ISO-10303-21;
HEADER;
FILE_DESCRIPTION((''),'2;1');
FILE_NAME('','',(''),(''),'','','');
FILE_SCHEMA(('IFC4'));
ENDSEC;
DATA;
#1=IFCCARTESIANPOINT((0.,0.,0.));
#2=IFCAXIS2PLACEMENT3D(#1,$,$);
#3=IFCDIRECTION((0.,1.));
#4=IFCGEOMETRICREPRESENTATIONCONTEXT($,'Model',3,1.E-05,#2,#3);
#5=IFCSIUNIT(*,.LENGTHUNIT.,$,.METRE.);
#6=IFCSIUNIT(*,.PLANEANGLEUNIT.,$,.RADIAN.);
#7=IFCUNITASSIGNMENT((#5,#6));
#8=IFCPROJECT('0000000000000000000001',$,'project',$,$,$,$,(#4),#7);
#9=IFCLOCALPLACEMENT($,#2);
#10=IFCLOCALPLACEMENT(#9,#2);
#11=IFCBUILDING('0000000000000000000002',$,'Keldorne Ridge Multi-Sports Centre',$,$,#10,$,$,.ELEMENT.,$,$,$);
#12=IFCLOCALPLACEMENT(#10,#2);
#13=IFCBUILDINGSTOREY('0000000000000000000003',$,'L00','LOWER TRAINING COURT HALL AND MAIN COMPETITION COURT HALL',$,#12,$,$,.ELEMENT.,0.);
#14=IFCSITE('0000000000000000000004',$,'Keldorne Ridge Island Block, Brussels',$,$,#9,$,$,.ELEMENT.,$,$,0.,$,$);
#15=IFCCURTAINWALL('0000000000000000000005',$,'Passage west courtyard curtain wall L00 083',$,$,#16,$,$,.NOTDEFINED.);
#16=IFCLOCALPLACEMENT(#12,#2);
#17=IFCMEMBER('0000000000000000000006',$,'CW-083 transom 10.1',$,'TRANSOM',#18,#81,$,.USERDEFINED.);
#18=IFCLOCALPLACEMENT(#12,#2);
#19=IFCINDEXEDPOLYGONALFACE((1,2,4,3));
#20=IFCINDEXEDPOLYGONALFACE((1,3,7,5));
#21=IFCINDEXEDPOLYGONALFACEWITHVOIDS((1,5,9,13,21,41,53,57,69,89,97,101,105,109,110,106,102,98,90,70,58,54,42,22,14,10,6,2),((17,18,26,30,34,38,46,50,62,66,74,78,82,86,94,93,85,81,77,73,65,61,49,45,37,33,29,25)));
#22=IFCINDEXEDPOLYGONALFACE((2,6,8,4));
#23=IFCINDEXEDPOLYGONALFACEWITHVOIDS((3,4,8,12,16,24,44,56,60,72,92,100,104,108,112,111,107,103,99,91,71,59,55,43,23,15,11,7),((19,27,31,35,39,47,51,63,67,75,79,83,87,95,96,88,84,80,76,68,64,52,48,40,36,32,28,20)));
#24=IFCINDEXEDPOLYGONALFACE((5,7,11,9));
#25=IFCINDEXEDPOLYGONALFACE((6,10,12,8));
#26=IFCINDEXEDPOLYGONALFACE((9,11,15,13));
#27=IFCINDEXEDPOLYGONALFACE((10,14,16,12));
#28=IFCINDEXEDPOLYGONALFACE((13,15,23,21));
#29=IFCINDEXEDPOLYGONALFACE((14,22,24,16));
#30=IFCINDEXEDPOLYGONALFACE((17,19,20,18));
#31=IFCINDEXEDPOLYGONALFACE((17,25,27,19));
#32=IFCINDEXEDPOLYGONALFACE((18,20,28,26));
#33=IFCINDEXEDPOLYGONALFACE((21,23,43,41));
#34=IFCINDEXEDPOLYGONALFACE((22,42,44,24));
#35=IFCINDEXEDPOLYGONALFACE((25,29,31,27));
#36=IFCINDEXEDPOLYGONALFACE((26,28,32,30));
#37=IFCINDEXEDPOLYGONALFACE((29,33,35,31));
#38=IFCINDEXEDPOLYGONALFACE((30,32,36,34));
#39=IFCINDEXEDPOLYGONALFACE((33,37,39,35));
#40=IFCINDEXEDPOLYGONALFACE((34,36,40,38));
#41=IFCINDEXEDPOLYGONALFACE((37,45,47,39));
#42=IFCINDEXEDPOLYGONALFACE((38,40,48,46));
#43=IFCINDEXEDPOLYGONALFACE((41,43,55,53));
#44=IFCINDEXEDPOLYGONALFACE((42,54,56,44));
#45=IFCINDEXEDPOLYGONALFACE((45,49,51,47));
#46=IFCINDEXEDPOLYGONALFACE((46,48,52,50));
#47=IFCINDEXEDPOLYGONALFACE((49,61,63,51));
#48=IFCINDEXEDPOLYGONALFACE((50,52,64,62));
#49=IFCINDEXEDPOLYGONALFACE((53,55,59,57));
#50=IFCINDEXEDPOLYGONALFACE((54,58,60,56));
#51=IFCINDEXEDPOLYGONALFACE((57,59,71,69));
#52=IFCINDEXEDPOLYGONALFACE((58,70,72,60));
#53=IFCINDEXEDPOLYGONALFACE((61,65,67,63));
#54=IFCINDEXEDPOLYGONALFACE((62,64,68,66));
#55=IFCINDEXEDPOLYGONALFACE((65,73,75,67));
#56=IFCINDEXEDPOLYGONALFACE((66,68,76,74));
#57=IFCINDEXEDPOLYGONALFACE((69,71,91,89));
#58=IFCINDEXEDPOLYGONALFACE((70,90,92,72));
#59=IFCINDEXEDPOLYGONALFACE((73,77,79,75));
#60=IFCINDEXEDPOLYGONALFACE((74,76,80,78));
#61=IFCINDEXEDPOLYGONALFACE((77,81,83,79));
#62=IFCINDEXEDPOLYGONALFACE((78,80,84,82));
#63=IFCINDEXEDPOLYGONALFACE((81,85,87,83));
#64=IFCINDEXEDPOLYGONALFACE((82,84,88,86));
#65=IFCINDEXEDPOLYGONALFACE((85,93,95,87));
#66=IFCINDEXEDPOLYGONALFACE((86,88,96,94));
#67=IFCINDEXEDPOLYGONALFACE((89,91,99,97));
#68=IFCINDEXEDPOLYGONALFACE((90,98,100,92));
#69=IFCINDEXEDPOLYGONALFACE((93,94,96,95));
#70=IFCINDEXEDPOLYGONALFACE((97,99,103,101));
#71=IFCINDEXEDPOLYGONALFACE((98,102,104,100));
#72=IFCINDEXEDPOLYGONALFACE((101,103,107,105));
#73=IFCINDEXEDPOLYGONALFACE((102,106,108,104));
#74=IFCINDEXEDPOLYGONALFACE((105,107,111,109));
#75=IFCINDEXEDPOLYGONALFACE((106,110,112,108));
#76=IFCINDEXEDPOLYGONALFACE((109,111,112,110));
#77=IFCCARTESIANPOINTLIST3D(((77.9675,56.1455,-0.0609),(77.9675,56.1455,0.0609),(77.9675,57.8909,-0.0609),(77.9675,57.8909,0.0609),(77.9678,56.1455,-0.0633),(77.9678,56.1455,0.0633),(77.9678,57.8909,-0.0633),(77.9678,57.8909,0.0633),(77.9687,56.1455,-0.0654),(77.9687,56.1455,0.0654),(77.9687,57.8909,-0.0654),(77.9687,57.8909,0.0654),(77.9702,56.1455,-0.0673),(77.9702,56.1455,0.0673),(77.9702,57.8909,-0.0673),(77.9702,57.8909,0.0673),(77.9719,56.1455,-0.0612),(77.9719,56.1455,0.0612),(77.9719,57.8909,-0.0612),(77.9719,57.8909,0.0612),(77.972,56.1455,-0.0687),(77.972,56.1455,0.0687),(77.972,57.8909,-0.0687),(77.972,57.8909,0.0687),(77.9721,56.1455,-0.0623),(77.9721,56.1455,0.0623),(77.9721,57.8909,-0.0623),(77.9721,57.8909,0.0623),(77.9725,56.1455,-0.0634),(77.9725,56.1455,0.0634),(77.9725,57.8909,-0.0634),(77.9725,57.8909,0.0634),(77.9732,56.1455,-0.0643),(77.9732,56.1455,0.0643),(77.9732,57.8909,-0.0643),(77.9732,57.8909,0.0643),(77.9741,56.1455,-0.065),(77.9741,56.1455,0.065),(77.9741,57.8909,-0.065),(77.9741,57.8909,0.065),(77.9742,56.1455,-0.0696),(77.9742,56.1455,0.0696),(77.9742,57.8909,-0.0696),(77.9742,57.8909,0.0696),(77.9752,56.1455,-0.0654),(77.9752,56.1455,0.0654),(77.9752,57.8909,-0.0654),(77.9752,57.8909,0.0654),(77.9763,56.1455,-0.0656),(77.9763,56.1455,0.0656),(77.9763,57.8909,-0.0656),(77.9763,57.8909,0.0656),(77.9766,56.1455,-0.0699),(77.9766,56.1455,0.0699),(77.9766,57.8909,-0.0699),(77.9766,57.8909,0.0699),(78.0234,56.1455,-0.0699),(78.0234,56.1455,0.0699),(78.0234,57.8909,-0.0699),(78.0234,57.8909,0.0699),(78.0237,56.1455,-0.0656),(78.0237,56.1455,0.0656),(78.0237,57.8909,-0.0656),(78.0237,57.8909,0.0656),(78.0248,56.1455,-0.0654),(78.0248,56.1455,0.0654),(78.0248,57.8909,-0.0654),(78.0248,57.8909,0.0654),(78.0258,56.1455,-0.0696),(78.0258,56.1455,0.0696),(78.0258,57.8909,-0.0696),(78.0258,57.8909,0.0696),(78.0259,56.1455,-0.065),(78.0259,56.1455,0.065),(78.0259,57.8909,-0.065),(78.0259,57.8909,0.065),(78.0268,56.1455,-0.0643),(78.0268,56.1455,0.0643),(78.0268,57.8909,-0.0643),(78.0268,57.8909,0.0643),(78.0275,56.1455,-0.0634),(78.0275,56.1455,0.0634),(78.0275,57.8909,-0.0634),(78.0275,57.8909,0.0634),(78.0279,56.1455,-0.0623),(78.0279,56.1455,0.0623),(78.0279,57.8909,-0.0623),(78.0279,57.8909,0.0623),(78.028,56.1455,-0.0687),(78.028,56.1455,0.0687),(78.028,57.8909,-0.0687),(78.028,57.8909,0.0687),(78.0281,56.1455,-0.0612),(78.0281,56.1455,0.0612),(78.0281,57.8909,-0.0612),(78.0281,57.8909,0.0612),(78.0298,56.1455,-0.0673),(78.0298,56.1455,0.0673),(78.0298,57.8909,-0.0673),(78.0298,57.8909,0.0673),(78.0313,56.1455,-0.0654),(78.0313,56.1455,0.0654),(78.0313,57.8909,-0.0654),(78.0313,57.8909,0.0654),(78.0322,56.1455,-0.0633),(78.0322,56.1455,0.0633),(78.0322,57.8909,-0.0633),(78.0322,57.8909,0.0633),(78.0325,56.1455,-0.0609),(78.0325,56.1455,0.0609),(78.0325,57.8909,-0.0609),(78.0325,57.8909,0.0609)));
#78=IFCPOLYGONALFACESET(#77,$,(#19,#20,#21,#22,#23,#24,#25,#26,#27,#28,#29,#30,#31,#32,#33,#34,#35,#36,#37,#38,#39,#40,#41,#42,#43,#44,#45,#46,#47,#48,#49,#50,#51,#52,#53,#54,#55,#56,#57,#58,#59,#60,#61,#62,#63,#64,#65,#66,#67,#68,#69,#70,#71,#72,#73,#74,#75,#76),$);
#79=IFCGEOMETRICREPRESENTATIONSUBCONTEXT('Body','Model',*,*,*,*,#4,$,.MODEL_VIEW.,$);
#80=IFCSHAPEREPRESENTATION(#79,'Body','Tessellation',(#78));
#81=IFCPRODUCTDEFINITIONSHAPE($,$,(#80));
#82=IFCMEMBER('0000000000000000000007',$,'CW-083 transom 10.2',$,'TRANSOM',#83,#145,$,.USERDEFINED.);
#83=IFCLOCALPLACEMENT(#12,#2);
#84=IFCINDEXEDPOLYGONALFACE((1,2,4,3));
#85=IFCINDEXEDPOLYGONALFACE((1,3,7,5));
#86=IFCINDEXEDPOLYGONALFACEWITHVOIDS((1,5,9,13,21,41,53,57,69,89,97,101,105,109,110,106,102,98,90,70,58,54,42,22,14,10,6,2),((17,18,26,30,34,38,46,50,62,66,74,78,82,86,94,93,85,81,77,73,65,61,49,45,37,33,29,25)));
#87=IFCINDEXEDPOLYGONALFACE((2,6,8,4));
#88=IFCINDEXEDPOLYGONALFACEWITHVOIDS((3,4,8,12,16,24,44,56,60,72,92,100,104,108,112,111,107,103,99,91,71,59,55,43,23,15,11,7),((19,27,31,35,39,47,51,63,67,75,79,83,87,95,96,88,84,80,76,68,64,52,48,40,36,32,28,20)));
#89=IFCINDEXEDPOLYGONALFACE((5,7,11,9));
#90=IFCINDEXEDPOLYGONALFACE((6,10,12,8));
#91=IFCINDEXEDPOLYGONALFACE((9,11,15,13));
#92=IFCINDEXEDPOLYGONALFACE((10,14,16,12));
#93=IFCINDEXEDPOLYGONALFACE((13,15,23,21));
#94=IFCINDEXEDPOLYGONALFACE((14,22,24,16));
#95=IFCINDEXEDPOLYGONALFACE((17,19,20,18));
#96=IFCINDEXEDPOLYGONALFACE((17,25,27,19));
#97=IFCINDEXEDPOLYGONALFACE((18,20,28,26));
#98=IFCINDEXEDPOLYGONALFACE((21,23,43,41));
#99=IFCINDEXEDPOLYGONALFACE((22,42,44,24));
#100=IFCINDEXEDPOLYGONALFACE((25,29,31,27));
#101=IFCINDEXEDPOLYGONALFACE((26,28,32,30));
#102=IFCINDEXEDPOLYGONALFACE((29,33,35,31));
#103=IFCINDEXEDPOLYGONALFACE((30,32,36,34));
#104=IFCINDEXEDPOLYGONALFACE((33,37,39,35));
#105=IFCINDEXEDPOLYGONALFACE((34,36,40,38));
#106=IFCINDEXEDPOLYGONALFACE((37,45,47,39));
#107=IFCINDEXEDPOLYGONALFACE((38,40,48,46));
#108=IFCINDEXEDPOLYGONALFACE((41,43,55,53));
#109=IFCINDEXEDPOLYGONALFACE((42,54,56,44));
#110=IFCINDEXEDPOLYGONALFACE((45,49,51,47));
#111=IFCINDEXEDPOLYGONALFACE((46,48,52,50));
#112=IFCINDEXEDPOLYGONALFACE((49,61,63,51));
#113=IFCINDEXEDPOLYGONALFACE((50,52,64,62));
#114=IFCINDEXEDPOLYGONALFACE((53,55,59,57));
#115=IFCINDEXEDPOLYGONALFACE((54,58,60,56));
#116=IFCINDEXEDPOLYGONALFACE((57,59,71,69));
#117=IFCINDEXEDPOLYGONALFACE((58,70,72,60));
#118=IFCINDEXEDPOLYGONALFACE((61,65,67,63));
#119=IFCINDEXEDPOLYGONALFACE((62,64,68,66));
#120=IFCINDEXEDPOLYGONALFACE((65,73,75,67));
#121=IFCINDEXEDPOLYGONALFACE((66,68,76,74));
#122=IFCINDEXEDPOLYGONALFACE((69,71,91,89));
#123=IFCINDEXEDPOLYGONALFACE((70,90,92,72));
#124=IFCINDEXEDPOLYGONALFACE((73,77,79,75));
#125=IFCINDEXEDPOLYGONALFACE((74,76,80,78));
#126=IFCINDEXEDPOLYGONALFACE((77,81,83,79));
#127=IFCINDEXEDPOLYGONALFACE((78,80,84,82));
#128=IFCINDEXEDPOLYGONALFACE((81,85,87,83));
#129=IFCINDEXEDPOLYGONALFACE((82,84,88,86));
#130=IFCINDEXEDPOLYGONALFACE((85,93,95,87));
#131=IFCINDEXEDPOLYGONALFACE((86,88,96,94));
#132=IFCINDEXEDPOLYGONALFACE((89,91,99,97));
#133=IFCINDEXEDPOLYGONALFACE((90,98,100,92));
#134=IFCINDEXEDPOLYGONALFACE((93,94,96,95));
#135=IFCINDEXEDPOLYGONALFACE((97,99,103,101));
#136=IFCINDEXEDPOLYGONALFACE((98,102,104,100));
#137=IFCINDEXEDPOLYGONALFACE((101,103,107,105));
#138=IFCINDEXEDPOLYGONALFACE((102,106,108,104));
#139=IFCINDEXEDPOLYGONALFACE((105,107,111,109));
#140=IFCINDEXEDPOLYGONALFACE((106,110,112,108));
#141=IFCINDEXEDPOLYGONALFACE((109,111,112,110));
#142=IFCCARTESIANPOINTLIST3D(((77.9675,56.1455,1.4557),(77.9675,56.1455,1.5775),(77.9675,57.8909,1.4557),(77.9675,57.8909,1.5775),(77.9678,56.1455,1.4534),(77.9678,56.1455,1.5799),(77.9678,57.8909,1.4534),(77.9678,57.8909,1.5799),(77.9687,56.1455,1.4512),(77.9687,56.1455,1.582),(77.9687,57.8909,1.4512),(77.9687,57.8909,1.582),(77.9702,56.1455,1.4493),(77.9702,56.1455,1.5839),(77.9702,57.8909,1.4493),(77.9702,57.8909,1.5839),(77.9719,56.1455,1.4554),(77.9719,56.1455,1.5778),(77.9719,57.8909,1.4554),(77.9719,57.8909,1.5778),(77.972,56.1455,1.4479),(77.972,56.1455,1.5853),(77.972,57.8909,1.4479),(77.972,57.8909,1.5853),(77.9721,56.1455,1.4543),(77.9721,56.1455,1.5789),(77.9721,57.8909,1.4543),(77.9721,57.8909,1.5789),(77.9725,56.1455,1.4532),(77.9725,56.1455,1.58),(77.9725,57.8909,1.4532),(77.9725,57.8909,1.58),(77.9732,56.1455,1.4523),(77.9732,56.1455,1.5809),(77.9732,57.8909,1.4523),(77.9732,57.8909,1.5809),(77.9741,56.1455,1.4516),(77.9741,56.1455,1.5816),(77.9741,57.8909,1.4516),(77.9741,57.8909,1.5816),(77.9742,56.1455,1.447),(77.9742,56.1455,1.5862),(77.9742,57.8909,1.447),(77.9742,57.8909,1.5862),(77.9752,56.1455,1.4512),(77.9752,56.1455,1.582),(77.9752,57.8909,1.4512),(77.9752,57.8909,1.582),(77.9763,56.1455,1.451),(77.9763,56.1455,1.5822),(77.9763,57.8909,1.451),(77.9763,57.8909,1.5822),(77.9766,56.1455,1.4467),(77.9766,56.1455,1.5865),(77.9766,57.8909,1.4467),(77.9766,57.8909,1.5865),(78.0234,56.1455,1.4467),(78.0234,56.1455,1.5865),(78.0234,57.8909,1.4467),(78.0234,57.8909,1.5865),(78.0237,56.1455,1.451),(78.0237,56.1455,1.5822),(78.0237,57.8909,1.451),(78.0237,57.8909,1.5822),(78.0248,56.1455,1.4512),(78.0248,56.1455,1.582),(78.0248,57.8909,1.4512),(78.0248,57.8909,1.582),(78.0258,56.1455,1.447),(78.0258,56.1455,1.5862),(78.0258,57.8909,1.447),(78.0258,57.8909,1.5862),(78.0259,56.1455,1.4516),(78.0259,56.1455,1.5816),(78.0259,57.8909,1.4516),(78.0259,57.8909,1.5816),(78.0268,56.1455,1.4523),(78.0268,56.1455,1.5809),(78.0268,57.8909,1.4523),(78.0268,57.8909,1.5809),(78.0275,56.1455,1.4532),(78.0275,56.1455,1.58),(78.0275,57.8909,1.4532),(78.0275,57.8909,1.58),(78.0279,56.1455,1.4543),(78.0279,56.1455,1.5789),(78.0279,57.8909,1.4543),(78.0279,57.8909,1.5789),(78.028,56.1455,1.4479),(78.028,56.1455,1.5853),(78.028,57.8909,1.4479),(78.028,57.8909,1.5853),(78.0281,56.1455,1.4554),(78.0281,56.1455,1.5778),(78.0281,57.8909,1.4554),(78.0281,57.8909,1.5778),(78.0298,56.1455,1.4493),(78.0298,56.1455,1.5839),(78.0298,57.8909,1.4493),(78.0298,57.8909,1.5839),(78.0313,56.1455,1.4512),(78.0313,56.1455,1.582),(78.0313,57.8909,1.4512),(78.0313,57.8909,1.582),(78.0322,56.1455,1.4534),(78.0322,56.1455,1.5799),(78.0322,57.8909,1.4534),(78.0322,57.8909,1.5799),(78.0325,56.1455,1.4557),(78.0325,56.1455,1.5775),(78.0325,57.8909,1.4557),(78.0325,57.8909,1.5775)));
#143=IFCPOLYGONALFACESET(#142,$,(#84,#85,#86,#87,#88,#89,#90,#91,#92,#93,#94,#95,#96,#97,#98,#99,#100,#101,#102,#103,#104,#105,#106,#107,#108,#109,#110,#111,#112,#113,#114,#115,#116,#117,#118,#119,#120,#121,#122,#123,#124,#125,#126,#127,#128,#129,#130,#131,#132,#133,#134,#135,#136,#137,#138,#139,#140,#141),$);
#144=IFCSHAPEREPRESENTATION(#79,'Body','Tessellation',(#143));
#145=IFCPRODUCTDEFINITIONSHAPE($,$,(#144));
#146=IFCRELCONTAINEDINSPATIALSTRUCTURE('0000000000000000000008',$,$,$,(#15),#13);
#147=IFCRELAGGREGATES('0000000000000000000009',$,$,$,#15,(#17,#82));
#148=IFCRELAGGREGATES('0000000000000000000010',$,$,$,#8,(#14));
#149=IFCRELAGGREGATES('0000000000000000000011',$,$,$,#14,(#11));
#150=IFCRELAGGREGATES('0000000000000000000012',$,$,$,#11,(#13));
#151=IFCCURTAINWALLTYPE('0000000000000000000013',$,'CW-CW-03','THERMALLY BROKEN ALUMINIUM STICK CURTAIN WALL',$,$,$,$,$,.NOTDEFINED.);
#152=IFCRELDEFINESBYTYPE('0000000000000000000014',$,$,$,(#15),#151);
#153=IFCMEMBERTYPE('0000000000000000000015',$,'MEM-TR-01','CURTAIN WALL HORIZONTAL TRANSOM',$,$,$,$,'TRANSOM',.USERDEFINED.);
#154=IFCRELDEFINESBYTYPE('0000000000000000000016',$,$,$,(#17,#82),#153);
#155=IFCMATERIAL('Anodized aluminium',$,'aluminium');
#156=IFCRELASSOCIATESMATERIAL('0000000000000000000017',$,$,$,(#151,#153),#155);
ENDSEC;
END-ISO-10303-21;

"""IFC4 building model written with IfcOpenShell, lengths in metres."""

from ifc_helpers import new_model, si_unit, direction, frame, origin, origin_2d, place, context, subcontext, project, spatial, hollow_rectangle, extrude, material, material_profile, profile_set, type_object, element, aggregate, save


model = new_model("IFC4")

# Units and contexts
model_context = context("Model", 3, precision=1e-05, world=origin(), true_north=direction((0.0, 1.0)))
body_context = subcontext(model_context, "Body", "Model", "MODEL_VIEW")
ifc_project = project(units=[si_unit("LENGTHUNIT", "METRE"), si_unit("PLANEANGLEUNIT", "RADIAN")], contexts=[model_context])

# Site, building, storey
site_placement = place(None, origin())
site = spatial("IfcSite", under=ifc_project, at=site_placement, Name="Keldorne Ridge Island Block, Brussels", CompositionType="ELEMENT", RefElevation=0.0)
building_placement = place(site_placement, origin())
building = spatial("IfcBuilding", under=site, at=building_placement, Name="Keldorne Ridge Multi-Sports Centre", CompositionType="ELEMENT")
storey_placement = place(building_placement, origin())
storey = spatial("IfcBuildingStorey", under=building, at=storey_placement, Name="L00", Description="LOWER TRAINING COURT HALL AND MAIN COMPETITION COURT HALL", CompositionType="ELEMENT", Elevation=0.0)

# Curtain wall, members
ifc_material_1 = material(Name="Anodized aluminium", Category="aluminium")
curtain_wall_type = type_object("IfcCurtainWallType", Name="CW-CW-03", Description="THERMALLY BROKEN ALUMINIUM STICK CURTAIN WALL", PredefinedType="NOTDEFINED", material=ifc_material_1)
curtain_wall_placement = place(storey_placement, origin())
curtain_wall = element("IfcCurtainWall", 1, at=curtain_wall_placement, inside=storey, type_object=curtain_wall_type, Name="Passage west courtyard curtain wall L00 083", PredefinedType="NOTDEFINED")
ifc_material_profile_1 = material_profile(ifc_material_1, hollow_rectangle(XDim=0.0649, YDim=0.1399, WallThickness=0.0044, InnerFilletRadius=0.0044, OuterFilletRadius=0.009, at=origin_2d()), Name="ALU TRANSOM 140x65x4.5")
ifc_profile_set_1 = profile_set([ifc_material_profile_1], Name="Anodized aluminium")
member_type_1 = type_object("IfcMemberType", Name="MEM-TR-01", Description="CURTAIN WALL HORIZONTAL TRANSOM", ElementType="TRANSOM", PredefinedType="USERDEFINED", material=ifc_profile_set_1)
member_1_placement = place(storey_placement, frame((78.0, 57.8909, 0.0), z_axis=(0.0, -1.0, 0.0), x_axis=(1.0, 0.0, 0.0)))
member_1 = element("IfcMember", 2, at=member_1_placement, type_object=member_type_1, Name="CW-083 transom 10.1", ObjectType="TRANSOM", PredefinedType="USERDEFINED", context=body_context, shape_type="SweptSolid", body=[
    extrude(hollow_rectangle(XDim=0.0649, YDim=0.1399, WallThickness=0.0044, InnerFilletRadius=0.0044, OuterFilletRadius=0.009, at=origin_2d()), origin(), (0.0, 0.0, 1.0), 1.7454),
])
member_2_placement = place(storey_placement, frame((78.0, 57.8909, 1.5166), z_axis=(0.0, -1.0, 0.0), x_axis=(1.0, 0.0, 0.0)))
member_2 = element("IfcMember", 3, at=member_2_placement, type_object=member_type_1, Name="CW-083 transom 10.2", ObjectType="TRANSOM", PredefinedType="USERDEFINED", context=body_context, shape_type="SweptSolid", body=[
    extrude(hollow_rectangle(XDim=0.0649, YDim=0.1399, WallThickness=0.0044, InnerFilletRadius=0.0044, OuterFilletRadius=0.009, at=origin_2d()), origin(), (0.0, 0.0, 1.0), 1.7454),
])

aggregate(curtain_wall, [member_1, member_2])

save(model, "model.ifc")
